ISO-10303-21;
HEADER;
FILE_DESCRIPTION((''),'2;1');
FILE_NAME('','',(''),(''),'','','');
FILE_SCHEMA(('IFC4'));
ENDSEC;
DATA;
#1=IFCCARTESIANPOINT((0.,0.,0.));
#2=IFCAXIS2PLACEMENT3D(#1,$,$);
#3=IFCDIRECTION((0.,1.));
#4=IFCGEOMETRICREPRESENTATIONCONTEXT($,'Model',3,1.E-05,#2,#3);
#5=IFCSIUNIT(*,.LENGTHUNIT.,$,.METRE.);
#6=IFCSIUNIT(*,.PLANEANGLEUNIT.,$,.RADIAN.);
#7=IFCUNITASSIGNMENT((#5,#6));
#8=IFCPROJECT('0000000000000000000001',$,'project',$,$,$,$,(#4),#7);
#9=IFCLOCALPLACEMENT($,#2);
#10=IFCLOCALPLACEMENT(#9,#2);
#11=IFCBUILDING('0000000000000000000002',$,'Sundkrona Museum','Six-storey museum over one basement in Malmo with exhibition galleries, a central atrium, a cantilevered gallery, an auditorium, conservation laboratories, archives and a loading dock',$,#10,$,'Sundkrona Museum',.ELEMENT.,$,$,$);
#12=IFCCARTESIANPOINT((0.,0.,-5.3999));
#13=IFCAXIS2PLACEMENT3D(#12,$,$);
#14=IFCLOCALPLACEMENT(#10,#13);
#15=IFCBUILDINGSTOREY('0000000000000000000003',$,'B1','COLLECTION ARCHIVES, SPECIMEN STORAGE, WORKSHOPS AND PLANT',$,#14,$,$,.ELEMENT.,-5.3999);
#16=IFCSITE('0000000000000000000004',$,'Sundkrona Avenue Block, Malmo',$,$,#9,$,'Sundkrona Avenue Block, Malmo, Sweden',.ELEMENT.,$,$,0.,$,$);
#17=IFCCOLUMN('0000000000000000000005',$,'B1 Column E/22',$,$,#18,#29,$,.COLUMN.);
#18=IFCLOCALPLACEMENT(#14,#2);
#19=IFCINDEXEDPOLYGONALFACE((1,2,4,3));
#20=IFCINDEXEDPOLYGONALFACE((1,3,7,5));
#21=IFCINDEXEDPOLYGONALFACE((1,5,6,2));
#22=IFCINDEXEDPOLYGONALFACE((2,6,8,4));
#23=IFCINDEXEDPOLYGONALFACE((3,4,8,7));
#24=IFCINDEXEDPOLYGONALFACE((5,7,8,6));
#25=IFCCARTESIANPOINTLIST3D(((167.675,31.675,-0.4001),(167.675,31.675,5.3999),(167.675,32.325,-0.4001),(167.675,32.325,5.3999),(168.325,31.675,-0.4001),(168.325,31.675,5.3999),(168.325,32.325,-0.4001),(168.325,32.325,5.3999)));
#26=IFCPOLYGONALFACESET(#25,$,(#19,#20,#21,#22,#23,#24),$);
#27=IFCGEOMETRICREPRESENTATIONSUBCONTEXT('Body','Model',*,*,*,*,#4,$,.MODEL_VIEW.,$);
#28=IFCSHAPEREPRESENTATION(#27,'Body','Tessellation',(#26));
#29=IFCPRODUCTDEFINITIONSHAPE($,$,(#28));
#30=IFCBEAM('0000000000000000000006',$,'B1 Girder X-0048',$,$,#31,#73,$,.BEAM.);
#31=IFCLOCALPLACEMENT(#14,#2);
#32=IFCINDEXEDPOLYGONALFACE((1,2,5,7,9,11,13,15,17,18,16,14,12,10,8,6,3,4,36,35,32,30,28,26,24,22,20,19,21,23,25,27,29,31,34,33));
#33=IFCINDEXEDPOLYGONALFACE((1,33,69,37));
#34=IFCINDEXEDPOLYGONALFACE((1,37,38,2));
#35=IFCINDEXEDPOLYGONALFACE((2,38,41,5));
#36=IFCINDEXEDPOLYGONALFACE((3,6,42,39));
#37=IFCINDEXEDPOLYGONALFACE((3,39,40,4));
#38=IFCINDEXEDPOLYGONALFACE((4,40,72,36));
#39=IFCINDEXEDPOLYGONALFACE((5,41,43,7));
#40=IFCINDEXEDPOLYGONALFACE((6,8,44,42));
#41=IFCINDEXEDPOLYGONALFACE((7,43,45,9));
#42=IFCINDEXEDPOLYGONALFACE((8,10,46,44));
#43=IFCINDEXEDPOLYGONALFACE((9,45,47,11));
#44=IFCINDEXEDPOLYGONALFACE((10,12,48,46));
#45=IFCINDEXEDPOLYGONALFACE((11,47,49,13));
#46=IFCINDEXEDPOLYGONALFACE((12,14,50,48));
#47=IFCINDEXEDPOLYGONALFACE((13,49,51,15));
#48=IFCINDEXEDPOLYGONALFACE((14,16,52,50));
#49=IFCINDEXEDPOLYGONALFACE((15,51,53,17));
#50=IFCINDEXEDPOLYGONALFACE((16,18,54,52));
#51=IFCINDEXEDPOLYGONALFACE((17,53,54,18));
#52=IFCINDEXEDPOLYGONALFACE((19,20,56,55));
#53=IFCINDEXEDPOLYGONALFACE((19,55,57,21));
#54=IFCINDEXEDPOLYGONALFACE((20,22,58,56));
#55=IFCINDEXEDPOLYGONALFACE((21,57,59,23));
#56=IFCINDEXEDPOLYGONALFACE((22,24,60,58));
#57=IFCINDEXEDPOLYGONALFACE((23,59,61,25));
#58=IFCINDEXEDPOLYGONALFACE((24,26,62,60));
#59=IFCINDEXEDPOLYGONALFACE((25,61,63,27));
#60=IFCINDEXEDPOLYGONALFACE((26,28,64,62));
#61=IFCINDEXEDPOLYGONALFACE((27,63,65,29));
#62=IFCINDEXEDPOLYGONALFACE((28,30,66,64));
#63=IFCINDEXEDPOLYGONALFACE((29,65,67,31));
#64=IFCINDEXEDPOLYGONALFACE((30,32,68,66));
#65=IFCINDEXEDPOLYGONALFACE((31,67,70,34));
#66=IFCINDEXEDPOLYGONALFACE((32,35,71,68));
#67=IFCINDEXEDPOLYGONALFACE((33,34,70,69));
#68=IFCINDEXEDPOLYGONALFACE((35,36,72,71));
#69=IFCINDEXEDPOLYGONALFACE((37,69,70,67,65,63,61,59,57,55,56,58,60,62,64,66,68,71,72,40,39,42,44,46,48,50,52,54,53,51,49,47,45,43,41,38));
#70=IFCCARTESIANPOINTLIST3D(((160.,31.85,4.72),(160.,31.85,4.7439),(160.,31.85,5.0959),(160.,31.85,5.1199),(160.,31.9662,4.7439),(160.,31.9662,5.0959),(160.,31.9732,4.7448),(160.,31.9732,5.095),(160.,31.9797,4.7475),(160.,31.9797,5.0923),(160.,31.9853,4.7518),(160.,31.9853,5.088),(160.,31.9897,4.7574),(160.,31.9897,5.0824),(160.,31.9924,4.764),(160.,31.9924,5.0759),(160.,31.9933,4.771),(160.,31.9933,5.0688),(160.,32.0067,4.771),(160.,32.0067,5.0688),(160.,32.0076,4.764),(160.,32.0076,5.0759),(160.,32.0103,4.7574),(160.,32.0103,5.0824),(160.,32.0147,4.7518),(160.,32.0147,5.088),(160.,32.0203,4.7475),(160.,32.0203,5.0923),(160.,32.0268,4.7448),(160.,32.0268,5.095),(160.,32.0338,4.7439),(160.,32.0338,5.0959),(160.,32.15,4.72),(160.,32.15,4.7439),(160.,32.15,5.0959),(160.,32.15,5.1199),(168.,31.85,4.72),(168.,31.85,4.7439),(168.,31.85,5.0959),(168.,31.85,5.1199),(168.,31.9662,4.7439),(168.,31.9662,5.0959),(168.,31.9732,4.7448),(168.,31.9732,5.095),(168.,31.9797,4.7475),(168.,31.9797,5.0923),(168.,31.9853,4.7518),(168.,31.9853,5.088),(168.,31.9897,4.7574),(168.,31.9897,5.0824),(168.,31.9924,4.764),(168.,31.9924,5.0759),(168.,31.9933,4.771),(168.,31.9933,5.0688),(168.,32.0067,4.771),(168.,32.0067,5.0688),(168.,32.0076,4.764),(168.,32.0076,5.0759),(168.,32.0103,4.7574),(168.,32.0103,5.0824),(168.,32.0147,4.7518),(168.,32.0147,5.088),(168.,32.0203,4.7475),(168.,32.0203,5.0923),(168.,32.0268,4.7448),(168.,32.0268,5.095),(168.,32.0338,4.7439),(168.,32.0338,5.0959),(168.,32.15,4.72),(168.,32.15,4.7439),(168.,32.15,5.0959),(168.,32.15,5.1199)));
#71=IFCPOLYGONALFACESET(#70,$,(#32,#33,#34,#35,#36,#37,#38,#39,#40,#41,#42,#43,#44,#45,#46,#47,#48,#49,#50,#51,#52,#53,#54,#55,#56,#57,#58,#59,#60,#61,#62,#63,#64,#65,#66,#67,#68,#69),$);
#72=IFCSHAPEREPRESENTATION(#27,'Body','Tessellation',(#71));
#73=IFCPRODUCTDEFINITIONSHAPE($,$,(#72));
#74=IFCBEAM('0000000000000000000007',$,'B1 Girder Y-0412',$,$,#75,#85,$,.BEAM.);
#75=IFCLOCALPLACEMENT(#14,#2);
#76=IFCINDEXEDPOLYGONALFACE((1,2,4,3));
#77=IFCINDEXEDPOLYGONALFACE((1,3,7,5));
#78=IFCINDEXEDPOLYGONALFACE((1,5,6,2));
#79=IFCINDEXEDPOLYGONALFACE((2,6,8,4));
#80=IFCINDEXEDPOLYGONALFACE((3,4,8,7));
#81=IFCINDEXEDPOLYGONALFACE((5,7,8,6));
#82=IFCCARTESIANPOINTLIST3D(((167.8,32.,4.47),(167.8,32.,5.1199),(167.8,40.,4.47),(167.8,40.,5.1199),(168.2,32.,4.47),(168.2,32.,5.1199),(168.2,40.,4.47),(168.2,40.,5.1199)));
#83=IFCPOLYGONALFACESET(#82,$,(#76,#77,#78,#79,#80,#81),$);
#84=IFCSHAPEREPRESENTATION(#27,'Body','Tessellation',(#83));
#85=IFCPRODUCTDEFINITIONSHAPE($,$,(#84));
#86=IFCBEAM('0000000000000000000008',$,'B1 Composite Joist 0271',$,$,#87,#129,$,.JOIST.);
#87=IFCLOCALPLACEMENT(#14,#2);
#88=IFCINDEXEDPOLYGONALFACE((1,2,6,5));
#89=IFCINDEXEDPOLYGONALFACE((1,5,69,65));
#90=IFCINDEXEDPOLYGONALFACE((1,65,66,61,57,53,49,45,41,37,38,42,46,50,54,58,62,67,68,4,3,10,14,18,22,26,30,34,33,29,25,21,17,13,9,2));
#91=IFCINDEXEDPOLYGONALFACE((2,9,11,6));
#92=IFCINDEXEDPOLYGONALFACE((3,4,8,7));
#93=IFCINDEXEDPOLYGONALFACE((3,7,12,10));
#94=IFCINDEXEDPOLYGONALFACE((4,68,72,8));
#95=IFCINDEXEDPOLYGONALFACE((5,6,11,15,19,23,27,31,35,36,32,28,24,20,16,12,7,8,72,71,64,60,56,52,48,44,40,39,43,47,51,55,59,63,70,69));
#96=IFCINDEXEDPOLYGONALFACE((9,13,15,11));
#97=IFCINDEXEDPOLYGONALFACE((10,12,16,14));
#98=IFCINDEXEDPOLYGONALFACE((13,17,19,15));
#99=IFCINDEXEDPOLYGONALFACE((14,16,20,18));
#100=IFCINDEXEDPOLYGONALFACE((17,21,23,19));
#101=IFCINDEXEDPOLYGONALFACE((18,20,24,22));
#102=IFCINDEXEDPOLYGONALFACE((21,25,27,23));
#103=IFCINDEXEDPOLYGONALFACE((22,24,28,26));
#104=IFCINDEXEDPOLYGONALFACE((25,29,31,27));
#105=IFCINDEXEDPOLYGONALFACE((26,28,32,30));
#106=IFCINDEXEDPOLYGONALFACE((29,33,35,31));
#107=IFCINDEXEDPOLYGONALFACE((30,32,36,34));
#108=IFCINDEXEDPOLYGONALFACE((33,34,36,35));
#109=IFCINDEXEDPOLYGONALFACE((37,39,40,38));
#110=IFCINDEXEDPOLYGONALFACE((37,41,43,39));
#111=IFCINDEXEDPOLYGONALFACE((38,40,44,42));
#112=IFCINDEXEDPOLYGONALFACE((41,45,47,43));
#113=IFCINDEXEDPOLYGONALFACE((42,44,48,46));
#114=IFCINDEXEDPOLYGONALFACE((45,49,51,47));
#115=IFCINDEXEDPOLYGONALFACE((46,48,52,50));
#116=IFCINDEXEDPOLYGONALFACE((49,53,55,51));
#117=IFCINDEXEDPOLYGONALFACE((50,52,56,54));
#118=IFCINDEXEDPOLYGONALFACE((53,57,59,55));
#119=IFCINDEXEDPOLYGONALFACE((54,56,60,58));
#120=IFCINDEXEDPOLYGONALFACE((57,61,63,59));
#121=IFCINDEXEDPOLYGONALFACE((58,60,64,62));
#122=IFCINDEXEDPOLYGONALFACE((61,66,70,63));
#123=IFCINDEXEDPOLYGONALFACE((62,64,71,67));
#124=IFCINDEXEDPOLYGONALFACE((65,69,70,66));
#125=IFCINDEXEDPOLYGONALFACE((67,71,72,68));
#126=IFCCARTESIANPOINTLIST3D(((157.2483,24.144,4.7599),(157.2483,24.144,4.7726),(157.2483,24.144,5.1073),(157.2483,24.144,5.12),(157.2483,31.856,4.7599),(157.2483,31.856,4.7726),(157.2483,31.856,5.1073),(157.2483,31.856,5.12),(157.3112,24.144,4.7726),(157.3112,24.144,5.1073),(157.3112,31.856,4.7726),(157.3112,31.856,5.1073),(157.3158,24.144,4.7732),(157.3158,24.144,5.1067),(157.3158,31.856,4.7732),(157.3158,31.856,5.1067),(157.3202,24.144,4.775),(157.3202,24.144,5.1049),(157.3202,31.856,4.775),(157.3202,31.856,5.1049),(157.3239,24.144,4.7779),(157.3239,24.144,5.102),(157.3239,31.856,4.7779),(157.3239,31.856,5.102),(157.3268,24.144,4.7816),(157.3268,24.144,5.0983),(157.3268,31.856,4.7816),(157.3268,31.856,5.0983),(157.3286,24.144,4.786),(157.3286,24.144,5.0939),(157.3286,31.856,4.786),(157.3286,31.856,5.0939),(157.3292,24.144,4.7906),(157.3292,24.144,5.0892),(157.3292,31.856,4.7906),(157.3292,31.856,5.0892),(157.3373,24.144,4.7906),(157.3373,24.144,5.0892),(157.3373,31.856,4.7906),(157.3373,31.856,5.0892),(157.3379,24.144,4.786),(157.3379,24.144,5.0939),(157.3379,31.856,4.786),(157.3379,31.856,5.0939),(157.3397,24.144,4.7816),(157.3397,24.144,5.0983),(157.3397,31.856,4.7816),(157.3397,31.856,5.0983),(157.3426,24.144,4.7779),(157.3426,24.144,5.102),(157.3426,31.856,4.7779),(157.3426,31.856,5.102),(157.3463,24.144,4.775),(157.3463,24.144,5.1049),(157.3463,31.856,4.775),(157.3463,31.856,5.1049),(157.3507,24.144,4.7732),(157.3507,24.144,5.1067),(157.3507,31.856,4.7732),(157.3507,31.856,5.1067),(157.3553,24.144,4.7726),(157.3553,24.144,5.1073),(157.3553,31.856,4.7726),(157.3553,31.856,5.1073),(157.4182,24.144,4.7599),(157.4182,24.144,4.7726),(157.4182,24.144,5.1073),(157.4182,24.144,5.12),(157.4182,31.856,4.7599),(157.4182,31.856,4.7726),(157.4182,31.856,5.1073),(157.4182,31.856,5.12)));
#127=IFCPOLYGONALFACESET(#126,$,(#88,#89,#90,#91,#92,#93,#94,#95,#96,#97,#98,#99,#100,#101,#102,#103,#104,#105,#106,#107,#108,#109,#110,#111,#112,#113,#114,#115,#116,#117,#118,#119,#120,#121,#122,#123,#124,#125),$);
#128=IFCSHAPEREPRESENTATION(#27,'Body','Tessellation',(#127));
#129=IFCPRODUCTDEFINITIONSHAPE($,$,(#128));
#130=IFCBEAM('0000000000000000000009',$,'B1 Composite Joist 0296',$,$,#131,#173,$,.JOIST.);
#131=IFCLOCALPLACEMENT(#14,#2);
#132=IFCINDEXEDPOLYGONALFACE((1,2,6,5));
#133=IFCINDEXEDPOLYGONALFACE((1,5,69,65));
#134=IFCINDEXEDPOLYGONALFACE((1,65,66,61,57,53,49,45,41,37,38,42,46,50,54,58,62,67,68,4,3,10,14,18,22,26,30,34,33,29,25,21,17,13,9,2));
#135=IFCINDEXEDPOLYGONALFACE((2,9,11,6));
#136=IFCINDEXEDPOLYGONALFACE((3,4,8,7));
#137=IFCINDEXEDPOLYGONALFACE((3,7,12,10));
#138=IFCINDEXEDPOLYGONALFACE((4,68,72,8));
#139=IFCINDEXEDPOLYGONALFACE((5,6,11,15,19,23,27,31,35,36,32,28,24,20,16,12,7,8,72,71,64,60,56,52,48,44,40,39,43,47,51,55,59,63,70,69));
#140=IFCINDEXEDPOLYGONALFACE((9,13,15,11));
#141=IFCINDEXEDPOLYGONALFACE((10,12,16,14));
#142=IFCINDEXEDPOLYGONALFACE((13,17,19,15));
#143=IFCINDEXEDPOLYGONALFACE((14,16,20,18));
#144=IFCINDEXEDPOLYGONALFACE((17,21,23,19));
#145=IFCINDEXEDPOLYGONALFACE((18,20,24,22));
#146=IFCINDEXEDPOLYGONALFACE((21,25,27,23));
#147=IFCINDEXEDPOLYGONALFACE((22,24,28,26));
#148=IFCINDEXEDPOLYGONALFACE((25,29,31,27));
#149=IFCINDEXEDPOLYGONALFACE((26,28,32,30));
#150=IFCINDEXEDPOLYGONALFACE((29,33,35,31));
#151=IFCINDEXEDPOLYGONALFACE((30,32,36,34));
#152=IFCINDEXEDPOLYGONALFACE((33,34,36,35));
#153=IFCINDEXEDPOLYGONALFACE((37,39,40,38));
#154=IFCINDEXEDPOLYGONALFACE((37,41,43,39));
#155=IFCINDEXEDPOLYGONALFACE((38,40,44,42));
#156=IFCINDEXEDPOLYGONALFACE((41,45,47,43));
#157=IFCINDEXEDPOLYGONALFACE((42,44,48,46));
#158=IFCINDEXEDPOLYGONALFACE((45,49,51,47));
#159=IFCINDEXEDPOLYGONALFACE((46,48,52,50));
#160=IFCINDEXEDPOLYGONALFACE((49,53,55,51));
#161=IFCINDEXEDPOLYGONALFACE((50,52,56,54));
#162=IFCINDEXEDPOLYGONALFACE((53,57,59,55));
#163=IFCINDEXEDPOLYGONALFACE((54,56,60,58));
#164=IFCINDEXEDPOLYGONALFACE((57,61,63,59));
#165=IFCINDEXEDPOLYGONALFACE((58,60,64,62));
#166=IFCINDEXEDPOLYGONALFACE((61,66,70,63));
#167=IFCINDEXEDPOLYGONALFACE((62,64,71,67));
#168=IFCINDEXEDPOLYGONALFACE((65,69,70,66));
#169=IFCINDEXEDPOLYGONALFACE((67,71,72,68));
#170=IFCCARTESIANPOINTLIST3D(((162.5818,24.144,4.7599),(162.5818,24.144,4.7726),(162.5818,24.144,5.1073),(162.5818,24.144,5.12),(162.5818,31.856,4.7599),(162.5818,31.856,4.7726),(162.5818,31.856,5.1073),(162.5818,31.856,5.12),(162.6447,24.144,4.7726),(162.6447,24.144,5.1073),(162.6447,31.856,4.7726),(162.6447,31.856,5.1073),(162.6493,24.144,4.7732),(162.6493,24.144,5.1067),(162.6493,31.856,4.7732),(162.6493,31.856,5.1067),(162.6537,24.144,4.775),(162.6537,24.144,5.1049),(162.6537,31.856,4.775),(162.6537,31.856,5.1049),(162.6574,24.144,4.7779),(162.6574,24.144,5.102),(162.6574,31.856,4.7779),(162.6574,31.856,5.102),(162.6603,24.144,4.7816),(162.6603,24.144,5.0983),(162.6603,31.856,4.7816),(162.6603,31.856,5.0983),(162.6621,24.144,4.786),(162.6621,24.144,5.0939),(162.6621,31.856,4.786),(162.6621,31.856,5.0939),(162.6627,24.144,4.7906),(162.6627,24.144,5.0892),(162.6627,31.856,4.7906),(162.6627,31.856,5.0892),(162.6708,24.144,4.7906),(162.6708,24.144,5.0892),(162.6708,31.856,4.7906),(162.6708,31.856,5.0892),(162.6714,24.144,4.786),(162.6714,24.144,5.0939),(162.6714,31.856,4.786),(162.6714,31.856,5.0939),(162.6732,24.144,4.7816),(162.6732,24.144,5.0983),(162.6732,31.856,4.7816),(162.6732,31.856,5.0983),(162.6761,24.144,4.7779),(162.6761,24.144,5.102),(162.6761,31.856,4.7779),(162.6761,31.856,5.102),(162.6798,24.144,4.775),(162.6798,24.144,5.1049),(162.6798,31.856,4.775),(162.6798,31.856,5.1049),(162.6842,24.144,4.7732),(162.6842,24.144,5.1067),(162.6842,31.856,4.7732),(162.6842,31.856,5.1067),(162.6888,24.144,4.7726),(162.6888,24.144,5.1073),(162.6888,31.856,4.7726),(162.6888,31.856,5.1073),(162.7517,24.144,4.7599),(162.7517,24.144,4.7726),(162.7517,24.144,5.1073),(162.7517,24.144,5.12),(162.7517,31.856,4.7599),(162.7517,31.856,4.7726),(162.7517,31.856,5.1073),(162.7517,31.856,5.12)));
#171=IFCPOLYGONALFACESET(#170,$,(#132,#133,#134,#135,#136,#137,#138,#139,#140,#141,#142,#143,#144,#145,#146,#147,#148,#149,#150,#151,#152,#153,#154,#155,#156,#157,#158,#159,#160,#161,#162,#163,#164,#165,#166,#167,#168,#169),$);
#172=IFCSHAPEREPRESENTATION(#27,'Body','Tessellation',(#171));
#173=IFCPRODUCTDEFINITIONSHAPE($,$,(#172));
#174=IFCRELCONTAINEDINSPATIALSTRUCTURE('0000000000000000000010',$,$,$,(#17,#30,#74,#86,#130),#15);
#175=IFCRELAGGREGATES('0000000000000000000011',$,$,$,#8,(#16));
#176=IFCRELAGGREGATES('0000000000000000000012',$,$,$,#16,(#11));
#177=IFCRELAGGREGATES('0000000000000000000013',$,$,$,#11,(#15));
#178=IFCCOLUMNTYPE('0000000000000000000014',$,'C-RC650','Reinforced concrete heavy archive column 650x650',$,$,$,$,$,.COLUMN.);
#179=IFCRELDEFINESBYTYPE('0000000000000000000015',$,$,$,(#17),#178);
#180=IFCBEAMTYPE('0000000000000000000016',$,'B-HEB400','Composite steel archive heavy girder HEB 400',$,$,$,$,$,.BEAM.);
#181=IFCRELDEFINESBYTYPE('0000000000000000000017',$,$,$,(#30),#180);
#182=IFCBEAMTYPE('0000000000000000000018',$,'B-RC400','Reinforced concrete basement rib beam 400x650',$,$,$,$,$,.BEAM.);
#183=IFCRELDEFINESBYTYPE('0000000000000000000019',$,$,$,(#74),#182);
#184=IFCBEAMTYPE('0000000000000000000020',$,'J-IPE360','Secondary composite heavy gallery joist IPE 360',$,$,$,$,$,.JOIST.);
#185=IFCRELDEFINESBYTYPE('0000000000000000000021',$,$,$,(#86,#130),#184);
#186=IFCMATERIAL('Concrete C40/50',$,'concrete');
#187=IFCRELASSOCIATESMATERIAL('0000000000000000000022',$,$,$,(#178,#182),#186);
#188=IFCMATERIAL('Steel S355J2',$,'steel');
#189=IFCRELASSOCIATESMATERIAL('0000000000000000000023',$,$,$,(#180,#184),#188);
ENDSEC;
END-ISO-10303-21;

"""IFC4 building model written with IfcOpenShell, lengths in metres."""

from ifc_helpers import new_model, si_unit, direction, frame, origin, origin_2d, place, context, subcontext, project, spatial, rectangle, i_section, extrude, material, material_profile, profile_set, type_object, element, save


model = new_model("IFC4")

# Units and contexts
model_context = context("Model", 3, precision=1e-05, world=origin(), true_north=direction((0.0, 1.0)))
body_context = subcontext(model_context, "Body", "Model", "MODEL_VIEW")
ifc_project = project(units=[si_unit("LENGTHUNIT", "METRE"), si_unit("PLANEANGLEUNIT", "RADIAN")], contexts=[model_context])

# Site, building, storey
site_placement = place(None, origin())
site = spatial("IfcSite", under=ifc_project, at=site_placement, Name="Sundkrona Avenue Block, Malmo", LongName="Sundkrona Avenue Block, Malmo, Sweden", CompositionType="ELEMENT", RefElevation=0.0)
building_placement = place(site_placement, origin())
building = spatial("IfcBuilding", under=site, at=building_placement, Name="Sundkrona Museum", Description="Six-storey museum over one basement in Malmo with exhibition galleries, a central atrium, a cantilevered gallery, an auditorium, conservation laboratories, archives and a loading dock", LongName="Sundkrona Museum", CompositionType="ELEMENT")
storey_placement = place(building_placement, frame((0.0, 0.0, -5.3999)))
storey = spatial("IfcBuildingStorey", under=building, at=storey_placement, Name="B1", Description="COLLECTION ARCHIVES, SPECIMEN STORAGE, WORKSHOPS AND PLANT", CompositionType="ELEMENT", Elevation=-5.3999)

# Shared definitions
ifc_material_1 = material(Name="Concrete C40/50", Category="concrete")

# Column
ifc_material_profile_1 = material_profile(ifc_material_1, rectangle(XDim=0.6499, YDim=0.6499, at=origin_2d()), Name="RC 650x650")
ifc_profile_set_1 = profile_set([ifc_material_profile_1], Name="Concrete C40/50")
column_type = type_object("IfcColumnType", Name="C-RC650", Description="Reinforced concrete heavy archive column 650x650", PredefinedType="COLUMN", material=ifc_profile_set_1)
for number, where, z_axis, x_axis, name in (
    (1, (168.0, 32.0, -0.4001), (0.0, 0.0, 1.0), (1.0, 0.0, 0.0), "B1 Column E/22"),
):
    element("IfcColumn", number, at=place(storey_placement, frame(where, z_axis=z_axis, x_axis=x_axis)), inside=storey, type_object=column_type, Name=name, PredefinedType="COLUMN", context=body_context, shape_type="SweptSolid", body=[
        extrude(rectangle(XDim=0.6499, YDim=0.6499, at=origin_2d()), origin(), (0.0, 0.0, 1.0), 5.8),
    ])

# Beams
ifc_material_2 = material(Name="Steel S355J2", Category="steel")
ifc_material_profile_2 = material_profile(ifc_material_2, i_section(OverallWidth=0.3, OverallDepth=0.3999, WebThickness=0.0134, FlangeThickness=0.0239, FilletRadius=0.0271, at=origin_2d()), Name="HEB 400")
ifc_profile_set_2 = profile_set([ifc_material_profile_2], Name="Steel S355J2")
beam_type_1 = type_object("IfcBeamType", Name="B-HEB400", Description="Composite steel archive heavy girder HEB 400", PredefinedType="BEAM", material=ifc_profile_set_2)
beam_1_placement = place(storey_placement, frame((160.0, 32.0, 4.9199), z_axis=(1.0, 0.0, 0.0), x_axis=(0.0, 1.0, 0.0)))
element("IfcBeam", 2, at=beam_1_placement, inside=storey, type_object=beam_type_1, Name="B1 Girder X-0048", PredefinedType="BEAM", context=body_context, shape_type="SweptSolid", body=[
    extrude(i_section(OverallWidth=0.3, OverallDepth=0.3999, WebThickness=0.0134, FlangeThickness=0.0239, FilletRadius=0.0271, at=origin_2d()), origin(), (0.0, 0.0, 1.0), 8.0),
])
ifc_material_profile_3 = material_profile(ifc_material_1, rectangle(XDim=0.3999, YDim=0.6499, at=origin_2d()), Name="RCB 400x650")
ifc_profile_set_3 = profile_set([ifc_material_profile_3], Name="Concrete C40/50")
beam_type_2 = type_object("IfcBeamType", Name="B-RC400", Description="Reinforced concrete basement rib beam 400x650", PredefinedType="BEAM", material=ifc_profile_set_3)
beam_2_placement = place(storey_placement, frame((168.0, 32.0, 4.7949), z_axis=(0.0, 1.0, 0.0), x_axis=(-1.0, 0.0, 0.0)))
element("IfcBeam", 3, at=beam_2_placement, inside=storey, type_object=beam_type_2, Name="B1 Girder Y-0412", PredefinedType="BEAM", context=body_context, shape_type="SweptSolid", body=[
    extrude(rectangle(XDim=0.3999, YDim=0.6499, at=origin_2d()), origin(), (0.0, 0.0, 1.0), 8.0),
])
ifc_material_profile_4 = material_profile(ifc_material_2, i_section(OverallWidth=0.1699, OverallDepth=0.3601, WebThickness=0.0081, FlangeThickness=0.0127, FilletRadius=0.0181, at=origin_2d()), Name="IPE 360")
ifc_profile_set_4 = profile_set([ifc_material_profile_4], Name="Steel S355J2")
beam_type_3 = type_object("IfcBeamType", Name="J-IPE360", Description="Secondary composite heavy gallery joist IPE 360", PredefinedType="JOIST", material=ifc_profile_set_4)
for number, where, z_axis, x_axis, name in (
    (4, (157.3333, 24.144, 4.9399), (0.0, 1.0, 0.0), (-1.0, 0.0, 0.0), "B1 Composite Joist 0271"),
    (5, (162.6667, 24.144, 4.9399), (0.0, 1.0, 0.0), (-1.0, 0.0, 0.0), "B1 Composite Joist 0296"),
):
    element("IfcBeam", number, at=place(storey_placement, frame(where, z_axis=z_axis, x_axis=x_axis)), inside=storey, type_object=beam_type_3, Name=name, PredefinedType="JOIST", context=body_context, shape_type="SweptSolid", body=[
        extrude(i_section(OverallWidth=0.1699, OverallDepth=0.3601, WebThickness=0.0081, FlangeThickness=0.0127, FilletRadius=0.0181, at=origin_2d()), origin(), (0.0, 0.0, 1.0), 7.7119),
    ])

save(model, "model.ifc")
